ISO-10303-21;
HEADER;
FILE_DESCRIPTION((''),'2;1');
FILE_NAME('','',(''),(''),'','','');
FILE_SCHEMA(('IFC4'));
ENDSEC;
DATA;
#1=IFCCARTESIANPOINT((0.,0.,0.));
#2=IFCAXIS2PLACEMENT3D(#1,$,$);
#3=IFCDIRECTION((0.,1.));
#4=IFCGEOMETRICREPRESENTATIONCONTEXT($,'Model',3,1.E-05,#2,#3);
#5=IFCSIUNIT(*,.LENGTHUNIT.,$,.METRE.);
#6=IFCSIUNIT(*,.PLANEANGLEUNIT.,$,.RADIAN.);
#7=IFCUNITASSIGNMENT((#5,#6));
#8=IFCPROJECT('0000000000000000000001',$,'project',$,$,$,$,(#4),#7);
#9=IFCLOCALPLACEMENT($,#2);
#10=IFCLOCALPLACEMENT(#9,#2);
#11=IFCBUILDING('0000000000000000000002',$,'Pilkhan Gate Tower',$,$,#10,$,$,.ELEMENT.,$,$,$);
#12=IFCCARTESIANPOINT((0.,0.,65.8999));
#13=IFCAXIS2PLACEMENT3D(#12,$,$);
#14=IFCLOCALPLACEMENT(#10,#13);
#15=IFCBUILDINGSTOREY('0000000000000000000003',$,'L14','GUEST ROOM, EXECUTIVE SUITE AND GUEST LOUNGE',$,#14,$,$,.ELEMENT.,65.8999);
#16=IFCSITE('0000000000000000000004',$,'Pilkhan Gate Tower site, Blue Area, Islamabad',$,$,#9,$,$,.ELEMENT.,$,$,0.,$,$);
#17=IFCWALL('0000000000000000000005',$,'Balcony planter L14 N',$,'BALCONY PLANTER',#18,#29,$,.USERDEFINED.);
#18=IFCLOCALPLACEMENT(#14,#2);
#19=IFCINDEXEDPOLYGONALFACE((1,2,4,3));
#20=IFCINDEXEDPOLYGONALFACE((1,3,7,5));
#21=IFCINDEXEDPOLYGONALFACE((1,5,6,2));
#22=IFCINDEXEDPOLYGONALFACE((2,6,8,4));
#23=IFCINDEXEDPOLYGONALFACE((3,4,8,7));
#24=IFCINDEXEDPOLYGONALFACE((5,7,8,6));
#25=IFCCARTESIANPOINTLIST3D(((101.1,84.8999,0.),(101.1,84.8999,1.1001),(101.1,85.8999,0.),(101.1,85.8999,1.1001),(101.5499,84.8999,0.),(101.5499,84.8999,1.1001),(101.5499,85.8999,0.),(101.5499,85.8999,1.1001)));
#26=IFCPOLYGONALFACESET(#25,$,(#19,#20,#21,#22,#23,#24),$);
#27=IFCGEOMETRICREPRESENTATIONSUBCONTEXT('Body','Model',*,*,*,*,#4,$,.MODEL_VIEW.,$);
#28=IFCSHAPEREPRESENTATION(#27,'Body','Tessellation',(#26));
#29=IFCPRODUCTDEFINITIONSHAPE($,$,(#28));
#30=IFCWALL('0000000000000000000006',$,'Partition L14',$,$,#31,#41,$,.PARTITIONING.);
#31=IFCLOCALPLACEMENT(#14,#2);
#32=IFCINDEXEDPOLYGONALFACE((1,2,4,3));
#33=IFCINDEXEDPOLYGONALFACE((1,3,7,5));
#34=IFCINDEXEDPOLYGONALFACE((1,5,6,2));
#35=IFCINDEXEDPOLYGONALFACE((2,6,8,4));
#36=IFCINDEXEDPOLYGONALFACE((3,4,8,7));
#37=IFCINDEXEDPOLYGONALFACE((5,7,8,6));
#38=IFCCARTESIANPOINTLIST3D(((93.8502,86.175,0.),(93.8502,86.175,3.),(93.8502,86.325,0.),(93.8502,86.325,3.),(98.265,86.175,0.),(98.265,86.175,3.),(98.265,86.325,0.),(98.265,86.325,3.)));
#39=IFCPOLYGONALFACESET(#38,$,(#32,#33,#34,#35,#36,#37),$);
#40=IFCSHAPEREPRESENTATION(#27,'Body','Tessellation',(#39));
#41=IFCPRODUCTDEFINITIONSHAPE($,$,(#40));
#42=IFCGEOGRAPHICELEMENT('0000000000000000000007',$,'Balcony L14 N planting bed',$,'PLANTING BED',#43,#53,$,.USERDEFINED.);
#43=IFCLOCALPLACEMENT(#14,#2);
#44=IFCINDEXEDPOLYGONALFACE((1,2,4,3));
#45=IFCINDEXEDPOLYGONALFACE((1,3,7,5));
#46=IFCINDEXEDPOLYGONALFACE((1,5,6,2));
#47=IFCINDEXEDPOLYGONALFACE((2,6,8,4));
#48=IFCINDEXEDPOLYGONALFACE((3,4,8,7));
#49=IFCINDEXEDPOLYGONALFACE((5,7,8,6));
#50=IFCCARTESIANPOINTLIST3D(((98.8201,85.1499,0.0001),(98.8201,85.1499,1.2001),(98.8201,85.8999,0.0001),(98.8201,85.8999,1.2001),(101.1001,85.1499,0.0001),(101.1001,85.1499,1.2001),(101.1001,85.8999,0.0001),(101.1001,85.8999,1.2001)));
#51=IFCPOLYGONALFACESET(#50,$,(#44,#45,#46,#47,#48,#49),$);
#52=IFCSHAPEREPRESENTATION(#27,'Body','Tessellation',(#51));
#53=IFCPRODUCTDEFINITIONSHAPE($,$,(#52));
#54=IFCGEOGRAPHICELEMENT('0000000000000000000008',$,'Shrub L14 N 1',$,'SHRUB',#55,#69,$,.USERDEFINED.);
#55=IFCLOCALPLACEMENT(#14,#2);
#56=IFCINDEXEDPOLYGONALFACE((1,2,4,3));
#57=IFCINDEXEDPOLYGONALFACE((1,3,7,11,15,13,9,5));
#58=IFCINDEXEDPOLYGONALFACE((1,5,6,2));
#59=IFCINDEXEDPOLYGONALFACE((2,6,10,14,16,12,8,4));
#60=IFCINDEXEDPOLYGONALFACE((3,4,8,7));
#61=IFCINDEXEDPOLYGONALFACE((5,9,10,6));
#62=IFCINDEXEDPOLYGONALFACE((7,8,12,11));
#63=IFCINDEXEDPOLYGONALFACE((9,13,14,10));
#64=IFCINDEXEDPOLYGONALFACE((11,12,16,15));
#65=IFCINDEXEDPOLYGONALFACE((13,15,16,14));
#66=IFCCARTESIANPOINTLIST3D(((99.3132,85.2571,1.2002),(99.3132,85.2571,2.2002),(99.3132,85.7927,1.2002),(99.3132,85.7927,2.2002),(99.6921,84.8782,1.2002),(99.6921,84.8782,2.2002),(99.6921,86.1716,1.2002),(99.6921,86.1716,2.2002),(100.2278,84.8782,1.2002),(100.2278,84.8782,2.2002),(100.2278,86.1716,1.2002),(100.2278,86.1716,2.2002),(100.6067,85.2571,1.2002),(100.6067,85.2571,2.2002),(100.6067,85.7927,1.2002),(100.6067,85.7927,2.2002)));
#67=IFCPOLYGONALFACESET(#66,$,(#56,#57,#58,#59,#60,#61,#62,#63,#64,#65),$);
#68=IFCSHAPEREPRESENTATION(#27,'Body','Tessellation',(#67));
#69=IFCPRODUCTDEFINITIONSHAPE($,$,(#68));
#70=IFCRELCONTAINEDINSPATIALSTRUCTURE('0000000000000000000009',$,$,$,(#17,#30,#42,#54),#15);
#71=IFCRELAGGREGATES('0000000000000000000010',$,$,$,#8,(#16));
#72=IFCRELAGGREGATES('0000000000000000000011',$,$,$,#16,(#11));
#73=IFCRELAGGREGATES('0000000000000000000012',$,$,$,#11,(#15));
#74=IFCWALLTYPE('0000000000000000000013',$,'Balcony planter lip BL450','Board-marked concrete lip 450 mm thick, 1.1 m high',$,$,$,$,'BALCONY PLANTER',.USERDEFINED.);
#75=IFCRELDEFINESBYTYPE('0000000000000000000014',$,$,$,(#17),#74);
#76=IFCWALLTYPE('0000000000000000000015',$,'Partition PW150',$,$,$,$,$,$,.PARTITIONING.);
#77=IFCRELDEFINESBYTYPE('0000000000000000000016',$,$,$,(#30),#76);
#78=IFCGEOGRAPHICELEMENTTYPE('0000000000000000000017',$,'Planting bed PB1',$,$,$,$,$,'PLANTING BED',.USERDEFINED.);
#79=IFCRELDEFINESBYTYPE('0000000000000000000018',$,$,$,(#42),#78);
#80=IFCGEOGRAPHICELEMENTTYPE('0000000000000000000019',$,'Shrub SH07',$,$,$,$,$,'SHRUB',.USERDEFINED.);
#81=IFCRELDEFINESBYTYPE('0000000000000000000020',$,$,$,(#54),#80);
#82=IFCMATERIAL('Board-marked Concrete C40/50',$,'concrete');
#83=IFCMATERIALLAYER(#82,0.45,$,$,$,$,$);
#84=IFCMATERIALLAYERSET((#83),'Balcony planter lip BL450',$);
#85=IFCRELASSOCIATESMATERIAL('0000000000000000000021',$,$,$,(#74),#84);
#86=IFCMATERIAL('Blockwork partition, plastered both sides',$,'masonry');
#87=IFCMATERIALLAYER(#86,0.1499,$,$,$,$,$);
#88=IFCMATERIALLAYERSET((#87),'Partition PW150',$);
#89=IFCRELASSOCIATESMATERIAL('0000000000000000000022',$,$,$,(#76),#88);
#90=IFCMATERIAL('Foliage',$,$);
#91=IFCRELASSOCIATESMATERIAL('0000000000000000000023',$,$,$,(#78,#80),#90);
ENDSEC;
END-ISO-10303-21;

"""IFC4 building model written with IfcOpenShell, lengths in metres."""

from ifc_helpers import new_model, si_unit, direction, frame, frame_2d, origin, origin_2d, place, context, subcontext, project, spatial, polyline, rectangle, outline, extrude, material, layer, layer_set, material_profile, profile_set, type_object, element, save


model = new_model("IFC4")

# Units and contexts
model_context = context("Model", 3, precision=1e-05, world=origin(), true_north=direction((0.0, 1.0)))
body_context = subcontext(model_context, "Body", "Model", "MODEL_VIEW")
ifc_project = project(units=[si_unit("LENGTHUNIT", "METRE"), si_unit("PLANEANGLEUNIT", "RADIAN")], contexts=[model_context])

# Site, building, storey
site_placement = place(None, origin())
site = spatial("IfcSite", under=ifc_project, at=site_placement, Name="Pilkhan Gate Tower site, Blue Area, Islamabad", CompositionType="ELEMENT", RefElevation=0.0)
building_placement = place(site_placement, origin())
building = spatial("IfcBuilding", under=site, at=building_placement, Name="Pilkhan Gate Tower", CompositionType="ELEMENT")
storey_placement = place(building_placement, frame((0.0, 0.0, 65.8999)))
storey = spatial("IfcBuildingStorey", under=building, at=storey_placement, Name="L14", Description="GUEST ROOM, EXECUTIVE SUITE AND GUEST LOUNGE", CompositionType="ELEMENT", Elevation=65.8999)

# Walls
ifc_material_1 = material(Name="Board-marked Concrete C40/50", Category="concrete")
ifc_layer_1 = layer(ifc_material_1, 0.45)
ifc_layer_set_1 = layer_set([ifc_layer_1], Name="Balcony planter lip BL450")
wall_type_1 = type_object("IfcWallType", Name="Balcony planter lip BL450", Description="Board-marked concrete lip 450 mm thick, 1.1 m high", ElementType="BALCONY PLANTER", PredefinedType="USERDEFINED", material=ifc_layer_set_1)
for number, where, z_axis, x_axis, name in (
    (1, (101.325, 84.8999, 0.0), (0.0, 0.0, 1.0), (0.0, 1.0, 0.0), "Balcony planter L14 N"),
):
    element("IfcWall", number, at=place(storey_placement, frame(where, z_axis=z_axis, x_axis=x_axis)), inside=storey, type_object=wall_type_1, Name=name, ObjectType="BALCONY PLANTER", PredefinedType="USERDEFINED", context=body_context, shape_type="SweptSolid", body=[
        extrude(rectangle(XDim=1.0, YDim=0.45, at=frame_2d((0.5, 0.0))), origin(), (0.0, 0.0, 1.0), 1.1001),
    ])
ifc_material_2 = material(Name="Blockwork partition, plastered both sides", Category="masonry")
ifc_layer_2 = layer(ifc_material_2, 0.1499)
ifc_layer_set_2 = layer_set([ifc_layer_2], Name="Partition PW150")
wall_type_2 = type_object("IfcWallType", Name="Partition PW150", PredefinedType="PARTITIONING", material=ifc_layer_set_2)
wall_1_placement = place(storey_placement, frame((93.8501, 86.25, 0.0), z_axis=(0.0, 0.0, 1.0), x_axis=(1.0, 0.0, 0.0)))
element("IfcWall", 2, at=wall_1_placement, inside=storey, type_object=wall_type_2, Name="Partition L14", PredefinedType="PARTITIONING", context=body_context, shape_type="SweptSolid", body=[
    extrude(rectangle(XDim=4.4148, YDim=0.1499, at=frame_2d((2.2075, 0.0))), origin(), (0.0, 0.0, 1.0), 3.0),
])

# Geographic elements
ifc_material_3 = material(Name="Foliage")
ifc_material_profile_1 = material_profile(ifc_material_3, rectangle(XDim=0.75, YDim=1.2, at=origin_2d()), Name="Bed 750x1200")
ifc_profile_set_1 = profile_set([ifc_material_profile_1], Name="Foliage")
geographic_element_type_1 = type_object("IfcGeographicElementType", Name="Planting bed PB1", ElementType="PLANTING BED", PredefinedType="USERDEFINED", material=ifc_profile_set_1)
geographic_element_1_placement = place(storey_placement, frame((98.8201, 85.5249, 0.6001), z_axis=(1.0, 0.0, 0.0), x_axis=(0.0, 1.0, 0.0)))
element("IfcGeographicElement", 3, at=geographic_element_1_placement, inside=storey, type_object=geographic_element_type_1, Name="Balcony L14 N planting bed", ObjectType="PLANTING BED", PredefinedType="USERDEFINED", context=body_context, shape_type="SweptSolid", body=[
    extrude(rectangle(XDim=0.75, YDim=1.2, at=origin_2d()), origin(), (0.0, 0.0, 1.0), 2.28),
])
ifc_material_profile_2 = material_profile(ifc_material_3, outline(polyline([(0.6467, 0.2678), (0.2678, 0.6467), (-0.2678, 0.6467), (-0.6467, 0.2678), (-0.6467, -0.2678), (-0.2678, -0.6467), (0.2678, -0.6467), (0.6467, -0.2678), (0.6467, 0.2678)])), Name="Shrub D1.4")
ifc_profile_set_2 = profile_set([ifc_material_profile_2], Name="Foliage")
geographic_element_type_2 = type_object("IfcGeographicElementType", Name="Shrub SH07", ElementType="SHRUB", PredefinedType="USERDEFINED", material=ifc_profile_set_2)
geographic_element_2_placement = place(storey_placement, frame((99.96, 85.5249, 1.2002), z_axis=(0.0, 0.0, 1.0), x_axis=(1.0, 0.0, 0.0)))
element("IfcGeographicElement", 4, at=geographic_element_2_placement, inside=storey, type_object=geographic_element_type_2, Name="Shrub L14 N 1", ObjectType="SHRUB", PredefinedType="USERDEFINED", context=body_context, shape_type="SweptSolid", body=[
    extrude(outline(polyline([(0.6467, 0.2678), (0.2678, 0.6467), (-0.2678, 0.6467), (-0.6467, 0.2678), (-0.6467, -0.2678), (-0.2678, -0.6467), (0.2678, -0.6467), (0.6467, -0.2678), (0.6467, 0.2678)])), origin(), (0.0, 0.0, 1.0), 1.0),
])

save(model, "model.ifc")
